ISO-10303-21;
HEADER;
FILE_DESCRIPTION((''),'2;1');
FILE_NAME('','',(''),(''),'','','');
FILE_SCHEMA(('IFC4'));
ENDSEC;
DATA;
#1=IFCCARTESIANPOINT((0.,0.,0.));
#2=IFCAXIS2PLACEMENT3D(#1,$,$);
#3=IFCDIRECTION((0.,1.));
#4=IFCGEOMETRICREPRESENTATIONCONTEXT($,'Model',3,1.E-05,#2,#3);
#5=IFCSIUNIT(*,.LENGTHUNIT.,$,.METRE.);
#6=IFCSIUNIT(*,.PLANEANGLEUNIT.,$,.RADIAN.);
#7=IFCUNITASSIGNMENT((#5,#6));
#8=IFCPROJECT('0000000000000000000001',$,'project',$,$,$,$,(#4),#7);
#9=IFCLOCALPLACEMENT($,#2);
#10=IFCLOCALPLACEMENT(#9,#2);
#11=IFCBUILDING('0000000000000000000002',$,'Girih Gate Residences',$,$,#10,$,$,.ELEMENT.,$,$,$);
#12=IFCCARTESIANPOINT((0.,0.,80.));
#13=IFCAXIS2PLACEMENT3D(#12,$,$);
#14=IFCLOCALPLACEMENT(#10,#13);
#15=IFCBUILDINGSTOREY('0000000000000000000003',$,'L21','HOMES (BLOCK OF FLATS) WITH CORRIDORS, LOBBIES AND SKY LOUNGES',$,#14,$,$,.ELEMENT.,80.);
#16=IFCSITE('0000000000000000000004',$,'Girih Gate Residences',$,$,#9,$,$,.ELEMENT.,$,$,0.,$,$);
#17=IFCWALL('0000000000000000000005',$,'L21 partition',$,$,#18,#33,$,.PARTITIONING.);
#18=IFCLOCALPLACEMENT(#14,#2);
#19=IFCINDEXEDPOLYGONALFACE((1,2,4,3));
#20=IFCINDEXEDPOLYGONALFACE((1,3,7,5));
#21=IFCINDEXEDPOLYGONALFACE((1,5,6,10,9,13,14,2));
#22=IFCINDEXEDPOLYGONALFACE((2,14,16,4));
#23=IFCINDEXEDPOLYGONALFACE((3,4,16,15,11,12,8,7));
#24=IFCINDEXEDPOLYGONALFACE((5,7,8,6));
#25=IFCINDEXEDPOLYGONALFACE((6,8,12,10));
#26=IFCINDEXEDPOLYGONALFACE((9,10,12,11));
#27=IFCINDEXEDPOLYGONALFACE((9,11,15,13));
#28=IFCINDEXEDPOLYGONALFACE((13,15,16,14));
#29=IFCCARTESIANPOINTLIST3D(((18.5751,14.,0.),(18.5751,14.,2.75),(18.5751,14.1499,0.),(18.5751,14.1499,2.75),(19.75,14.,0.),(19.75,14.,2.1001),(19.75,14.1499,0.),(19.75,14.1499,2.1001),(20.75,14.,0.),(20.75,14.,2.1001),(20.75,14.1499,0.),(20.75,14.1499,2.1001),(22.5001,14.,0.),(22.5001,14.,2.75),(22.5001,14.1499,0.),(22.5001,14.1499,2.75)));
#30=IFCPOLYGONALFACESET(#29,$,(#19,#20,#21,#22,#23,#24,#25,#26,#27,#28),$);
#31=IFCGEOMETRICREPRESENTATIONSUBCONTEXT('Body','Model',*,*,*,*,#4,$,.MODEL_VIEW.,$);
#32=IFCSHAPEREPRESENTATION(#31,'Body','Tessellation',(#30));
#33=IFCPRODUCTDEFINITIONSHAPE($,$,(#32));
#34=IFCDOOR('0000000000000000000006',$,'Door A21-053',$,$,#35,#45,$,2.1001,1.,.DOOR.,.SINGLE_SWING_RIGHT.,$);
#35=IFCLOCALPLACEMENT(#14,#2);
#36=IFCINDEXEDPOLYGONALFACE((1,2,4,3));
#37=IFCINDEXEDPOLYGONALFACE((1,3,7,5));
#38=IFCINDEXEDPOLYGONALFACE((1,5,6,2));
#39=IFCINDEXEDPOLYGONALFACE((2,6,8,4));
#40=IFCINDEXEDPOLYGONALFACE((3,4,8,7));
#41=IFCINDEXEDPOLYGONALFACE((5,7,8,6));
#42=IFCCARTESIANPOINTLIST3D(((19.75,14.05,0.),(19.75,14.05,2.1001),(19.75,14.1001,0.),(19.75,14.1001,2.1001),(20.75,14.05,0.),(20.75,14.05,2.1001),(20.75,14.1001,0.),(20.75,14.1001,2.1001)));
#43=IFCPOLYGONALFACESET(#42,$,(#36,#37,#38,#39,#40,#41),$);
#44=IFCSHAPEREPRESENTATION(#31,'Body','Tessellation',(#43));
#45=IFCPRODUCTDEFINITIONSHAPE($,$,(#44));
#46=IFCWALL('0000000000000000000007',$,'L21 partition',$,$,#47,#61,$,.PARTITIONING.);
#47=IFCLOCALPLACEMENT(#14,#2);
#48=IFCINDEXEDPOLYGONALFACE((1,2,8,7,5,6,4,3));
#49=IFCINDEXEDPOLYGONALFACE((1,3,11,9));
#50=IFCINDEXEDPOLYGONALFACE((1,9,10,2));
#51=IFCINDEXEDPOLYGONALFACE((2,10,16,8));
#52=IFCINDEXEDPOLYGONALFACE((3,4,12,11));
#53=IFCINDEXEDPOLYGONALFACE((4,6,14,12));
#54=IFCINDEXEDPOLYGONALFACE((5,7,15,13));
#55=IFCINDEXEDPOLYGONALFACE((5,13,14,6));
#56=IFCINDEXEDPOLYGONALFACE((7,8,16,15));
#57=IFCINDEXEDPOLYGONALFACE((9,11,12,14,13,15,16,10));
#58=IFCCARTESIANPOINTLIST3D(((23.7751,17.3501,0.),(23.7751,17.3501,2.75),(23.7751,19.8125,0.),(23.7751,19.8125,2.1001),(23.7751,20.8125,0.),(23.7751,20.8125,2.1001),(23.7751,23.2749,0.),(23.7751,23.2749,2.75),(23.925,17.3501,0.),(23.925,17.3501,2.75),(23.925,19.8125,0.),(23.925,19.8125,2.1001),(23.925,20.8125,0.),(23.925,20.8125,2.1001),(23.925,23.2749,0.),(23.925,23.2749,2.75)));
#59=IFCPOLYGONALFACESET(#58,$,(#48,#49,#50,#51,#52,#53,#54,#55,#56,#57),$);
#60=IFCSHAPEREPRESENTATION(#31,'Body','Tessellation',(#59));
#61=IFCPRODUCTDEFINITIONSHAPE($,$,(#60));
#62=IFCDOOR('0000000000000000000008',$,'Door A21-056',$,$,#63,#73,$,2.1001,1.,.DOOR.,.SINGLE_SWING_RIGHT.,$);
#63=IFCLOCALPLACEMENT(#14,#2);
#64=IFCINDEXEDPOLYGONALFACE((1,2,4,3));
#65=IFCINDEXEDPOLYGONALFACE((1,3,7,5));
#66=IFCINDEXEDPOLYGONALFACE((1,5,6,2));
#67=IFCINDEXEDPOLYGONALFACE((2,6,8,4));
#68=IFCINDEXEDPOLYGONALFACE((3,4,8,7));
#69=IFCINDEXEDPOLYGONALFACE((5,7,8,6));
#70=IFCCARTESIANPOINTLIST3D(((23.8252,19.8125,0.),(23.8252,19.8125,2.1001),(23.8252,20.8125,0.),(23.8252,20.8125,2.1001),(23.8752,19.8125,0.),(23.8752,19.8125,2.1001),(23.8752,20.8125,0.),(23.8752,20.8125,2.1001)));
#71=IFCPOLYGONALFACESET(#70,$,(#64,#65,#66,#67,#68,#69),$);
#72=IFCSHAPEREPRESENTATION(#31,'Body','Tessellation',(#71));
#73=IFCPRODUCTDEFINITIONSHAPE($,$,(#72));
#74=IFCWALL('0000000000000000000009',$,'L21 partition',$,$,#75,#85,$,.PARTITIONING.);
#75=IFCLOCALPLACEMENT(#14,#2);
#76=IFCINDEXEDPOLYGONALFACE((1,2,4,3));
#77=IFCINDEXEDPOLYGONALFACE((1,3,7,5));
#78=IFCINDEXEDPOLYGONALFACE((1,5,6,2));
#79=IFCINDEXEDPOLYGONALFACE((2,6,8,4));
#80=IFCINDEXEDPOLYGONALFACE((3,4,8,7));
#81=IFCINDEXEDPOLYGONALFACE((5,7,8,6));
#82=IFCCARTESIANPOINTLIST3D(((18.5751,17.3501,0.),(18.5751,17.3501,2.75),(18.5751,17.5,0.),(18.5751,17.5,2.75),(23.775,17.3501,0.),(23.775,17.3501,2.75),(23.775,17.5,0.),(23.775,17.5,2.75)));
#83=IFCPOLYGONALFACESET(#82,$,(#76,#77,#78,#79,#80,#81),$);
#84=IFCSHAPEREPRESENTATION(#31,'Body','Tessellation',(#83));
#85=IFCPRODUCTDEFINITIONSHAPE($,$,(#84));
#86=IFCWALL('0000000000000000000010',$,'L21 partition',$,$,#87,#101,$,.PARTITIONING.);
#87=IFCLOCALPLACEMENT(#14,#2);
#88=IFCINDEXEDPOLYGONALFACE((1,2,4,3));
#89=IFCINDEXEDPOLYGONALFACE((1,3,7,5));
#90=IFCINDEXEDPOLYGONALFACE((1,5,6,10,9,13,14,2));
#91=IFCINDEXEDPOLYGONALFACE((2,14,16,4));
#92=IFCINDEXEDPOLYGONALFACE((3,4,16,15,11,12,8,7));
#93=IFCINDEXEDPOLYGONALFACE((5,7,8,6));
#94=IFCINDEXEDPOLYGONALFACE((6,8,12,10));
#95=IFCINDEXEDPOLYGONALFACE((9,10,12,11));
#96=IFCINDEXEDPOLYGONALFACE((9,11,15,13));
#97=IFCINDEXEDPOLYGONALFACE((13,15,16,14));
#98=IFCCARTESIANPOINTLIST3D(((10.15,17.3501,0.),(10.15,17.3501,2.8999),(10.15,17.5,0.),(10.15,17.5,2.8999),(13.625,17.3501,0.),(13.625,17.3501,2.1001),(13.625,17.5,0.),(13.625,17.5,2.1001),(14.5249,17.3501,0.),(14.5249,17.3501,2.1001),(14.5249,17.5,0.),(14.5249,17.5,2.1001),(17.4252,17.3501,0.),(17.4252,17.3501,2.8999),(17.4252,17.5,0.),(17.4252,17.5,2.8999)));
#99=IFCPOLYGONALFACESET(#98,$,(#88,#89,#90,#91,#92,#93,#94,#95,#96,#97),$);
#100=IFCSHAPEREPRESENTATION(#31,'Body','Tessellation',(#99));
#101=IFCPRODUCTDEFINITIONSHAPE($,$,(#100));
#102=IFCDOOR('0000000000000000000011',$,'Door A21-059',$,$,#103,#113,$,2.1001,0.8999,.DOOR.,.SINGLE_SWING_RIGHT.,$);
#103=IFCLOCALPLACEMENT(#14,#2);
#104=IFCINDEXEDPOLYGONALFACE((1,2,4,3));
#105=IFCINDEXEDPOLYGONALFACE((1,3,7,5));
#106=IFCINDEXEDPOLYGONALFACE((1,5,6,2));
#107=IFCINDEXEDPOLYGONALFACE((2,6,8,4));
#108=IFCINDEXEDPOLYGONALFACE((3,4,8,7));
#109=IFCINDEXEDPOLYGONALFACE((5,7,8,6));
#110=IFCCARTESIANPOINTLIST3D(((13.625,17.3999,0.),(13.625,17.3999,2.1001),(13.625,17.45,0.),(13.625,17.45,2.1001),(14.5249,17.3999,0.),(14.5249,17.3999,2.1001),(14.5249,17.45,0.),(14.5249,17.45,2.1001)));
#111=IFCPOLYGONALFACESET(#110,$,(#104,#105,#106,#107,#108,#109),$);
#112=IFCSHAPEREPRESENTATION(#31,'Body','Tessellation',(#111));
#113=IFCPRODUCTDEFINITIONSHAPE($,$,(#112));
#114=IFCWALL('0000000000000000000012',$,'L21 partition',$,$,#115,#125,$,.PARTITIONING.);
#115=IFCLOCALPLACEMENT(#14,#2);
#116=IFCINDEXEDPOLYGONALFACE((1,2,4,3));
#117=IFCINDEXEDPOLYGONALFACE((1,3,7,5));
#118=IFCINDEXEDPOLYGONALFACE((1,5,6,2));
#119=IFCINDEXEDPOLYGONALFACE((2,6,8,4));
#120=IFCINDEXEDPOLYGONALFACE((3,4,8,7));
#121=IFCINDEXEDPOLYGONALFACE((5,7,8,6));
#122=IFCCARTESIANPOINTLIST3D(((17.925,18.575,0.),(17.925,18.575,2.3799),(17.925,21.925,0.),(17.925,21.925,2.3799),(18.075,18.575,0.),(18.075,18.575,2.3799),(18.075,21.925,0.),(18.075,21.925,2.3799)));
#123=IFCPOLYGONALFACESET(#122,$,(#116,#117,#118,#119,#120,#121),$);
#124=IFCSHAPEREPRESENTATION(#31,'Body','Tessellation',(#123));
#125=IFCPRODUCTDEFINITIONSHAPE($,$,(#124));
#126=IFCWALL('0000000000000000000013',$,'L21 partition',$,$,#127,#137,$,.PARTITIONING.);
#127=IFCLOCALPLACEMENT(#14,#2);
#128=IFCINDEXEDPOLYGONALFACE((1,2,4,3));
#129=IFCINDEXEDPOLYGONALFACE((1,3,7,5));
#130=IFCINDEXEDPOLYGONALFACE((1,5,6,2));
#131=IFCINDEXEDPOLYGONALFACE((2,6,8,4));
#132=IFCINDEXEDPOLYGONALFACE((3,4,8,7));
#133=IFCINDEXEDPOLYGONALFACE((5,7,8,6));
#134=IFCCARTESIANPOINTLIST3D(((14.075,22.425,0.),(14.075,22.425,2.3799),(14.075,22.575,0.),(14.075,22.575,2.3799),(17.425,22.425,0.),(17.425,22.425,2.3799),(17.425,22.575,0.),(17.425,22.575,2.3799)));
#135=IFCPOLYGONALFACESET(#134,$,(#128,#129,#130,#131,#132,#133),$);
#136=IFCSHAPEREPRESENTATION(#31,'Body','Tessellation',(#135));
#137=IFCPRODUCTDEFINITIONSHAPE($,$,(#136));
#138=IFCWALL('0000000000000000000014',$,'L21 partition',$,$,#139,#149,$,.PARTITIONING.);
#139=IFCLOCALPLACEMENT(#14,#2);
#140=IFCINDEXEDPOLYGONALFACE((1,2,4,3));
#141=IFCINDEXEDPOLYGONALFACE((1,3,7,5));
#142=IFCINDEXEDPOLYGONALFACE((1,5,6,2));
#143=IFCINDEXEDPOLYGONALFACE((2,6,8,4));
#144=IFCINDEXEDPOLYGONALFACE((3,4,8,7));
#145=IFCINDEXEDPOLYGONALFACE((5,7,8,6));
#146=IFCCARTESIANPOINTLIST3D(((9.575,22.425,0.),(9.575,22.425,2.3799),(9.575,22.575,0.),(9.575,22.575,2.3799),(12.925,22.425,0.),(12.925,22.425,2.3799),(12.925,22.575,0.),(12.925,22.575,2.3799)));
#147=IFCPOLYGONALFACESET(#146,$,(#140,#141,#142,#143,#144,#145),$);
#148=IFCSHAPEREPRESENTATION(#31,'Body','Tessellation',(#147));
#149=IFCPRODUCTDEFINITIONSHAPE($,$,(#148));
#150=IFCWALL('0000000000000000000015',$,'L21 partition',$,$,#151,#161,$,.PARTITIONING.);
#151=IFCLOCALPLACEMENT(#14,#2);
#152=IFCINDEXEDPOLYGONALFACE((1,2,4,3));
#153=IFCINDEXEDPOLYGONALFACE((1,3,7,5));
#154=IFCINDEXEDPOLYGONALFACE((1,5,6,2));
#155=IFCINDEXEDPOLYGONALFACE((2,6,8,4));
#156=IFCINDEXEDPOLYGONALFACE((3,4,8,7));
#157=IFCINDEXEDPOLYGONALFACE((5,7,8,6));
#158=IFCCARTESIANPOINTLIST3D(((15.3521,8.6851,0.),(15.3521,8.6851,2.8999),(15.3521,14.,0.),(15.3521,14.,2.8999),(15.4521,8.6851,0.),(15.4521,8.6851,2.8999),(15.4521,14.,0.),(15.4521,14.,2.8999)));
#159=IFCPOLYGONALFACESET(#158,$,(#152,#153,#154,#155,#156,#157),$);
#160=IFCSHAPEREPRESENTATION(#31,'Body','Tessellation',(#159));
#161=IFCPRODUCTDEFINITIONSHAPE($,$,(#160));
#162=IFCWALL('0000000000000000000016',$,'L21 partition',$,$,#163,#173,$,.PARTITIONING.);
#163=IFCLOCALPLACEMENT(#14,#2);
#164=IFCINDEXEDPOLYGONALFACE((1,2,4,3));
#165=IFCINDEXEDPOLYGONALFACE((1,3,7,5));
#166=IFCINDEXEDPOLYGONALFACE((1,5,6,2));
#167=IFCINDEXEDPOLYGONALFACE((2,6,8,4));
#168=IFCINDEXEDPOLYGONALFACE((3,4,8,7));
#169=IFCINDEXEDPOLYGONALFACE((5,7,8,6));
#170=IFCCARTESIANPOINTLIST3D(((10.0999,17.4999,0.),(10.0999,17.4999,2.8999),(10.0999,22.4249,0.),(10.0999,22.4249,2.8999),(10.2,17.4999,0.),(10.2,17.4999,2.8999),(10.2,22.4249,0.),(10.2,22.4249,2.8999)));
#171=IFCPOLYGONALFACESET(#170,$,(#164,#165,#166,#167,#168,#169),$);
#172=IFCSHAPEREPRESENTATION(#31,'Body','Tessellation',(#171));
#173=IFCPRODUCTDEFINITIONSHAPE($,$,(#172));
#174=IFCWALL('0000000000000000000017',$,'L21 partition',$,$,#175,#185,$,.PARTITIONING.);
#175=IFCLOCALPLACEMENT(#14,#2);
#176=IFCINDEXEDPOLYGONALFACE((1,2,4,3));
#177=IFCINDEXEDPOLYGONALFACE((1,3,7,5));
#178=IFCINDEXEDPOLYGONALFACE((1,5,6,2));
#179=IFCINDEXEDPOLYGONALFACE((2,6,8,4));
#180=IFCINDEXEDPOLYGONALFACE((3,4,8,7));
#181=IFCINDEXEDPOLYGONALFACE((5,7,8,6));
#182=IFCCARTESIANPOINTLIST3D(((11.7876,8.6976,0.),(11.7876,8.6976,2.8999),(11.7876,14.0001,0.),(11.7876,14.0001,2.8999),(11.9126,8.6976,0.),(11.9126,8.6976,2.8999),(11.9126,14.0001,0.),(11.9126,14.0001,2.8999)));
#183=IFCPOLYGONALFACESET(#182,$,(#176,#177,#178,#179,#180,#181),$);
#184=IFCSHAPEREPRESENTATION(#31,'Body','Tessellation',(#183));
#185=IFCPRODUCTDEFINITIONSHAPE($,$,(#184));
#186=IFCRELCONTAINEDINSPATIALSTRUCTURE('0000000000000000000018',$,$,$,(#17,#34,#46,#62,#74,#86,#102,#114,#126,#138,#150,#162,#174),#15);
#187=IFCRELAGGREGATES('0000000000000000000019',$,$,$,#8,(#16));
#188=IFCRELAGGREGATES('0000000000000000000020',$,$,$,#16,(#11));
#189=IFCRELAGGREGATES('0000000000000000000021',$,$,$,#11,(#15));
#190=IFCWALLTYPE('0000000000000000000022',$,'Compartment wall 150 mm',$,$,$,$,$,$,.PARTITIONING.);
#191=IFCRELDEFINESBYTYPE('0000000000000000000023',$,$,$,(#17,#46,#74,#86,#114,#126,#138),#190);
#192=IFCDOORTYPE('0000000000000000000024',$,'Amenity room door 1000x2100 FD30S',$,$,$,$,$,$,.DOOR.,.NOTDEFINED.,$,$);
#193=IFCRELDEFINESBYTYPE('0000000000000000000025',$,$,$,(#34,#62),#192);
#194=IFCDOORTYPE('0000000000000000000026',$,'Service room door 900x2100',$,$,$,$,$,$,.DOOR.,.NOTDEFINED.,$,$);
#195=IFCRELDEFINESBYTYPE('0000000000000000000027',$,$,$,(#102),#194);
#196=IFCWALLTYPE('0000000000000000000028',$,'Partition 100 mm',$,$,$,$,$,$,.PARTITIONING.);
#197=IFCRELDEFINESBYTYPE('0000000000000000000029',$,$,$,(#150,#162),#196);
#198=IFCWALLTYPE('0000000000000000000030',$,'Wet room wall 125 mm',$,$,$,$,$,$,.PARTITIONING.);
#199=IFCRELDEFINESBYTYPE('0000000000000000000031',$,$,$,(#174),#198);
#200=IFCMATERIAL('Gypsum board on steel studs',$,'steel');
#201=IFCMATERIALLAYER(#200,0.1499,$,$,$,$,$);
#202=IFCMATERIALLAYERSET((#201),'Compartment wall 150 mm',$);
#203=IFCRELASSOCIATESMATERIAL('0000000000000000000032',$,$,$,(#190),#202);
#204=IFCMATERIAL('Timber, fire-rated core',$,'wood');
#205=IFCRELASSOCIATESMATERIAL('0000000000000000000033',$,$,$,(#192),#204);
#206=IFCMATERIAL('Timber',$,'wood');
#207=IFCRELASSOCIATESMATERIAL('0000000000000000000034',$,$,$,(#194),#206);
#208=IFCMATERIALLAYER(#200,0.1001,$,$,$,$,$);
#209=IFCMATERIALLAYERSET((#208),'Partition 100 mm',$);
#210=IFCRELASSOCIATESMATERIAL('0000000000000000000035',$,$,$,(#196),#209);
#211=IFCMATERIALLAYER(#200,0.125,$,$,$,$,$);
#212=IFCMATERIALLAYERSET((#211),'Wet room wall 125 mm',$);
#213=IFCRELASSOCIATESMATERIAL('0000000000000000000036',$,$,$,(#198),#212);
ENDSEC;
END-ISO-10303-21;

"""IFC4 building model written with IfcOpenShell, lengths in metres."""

from ifc_helpers import new_model, si_unit, direction, frame, frame_2d, origin, place, context, subcontext, project, spatial, rectangle, extrude, material, layer, layer_set, type_object, element, fill, save


model = new_model("IFC4")

# Units and contexts
model_context = context("Model", 3, precision=1e-05, world=origin(), true_north=direction((0.0, 1.0)))
body_context = subcontext(model_context, "Body", "Model", "MODEL_VIEW")
ifc_project = project(units=[si_unit("LENGTHUNIT", "METRE"), si_unit("PLANEANGLEUNIT", "RADIAN")], contexts=[model_context])

# Site, building, storey
site_placement = place(None, origin())
site = spatial("IfcSite", under=ifc_project, at=site_placement, Name="Girih Gate Residences", CompositionType="ELEMENT", RefElevation=0.0)
building_placement = place(site_placement, origin())
building = spatial("IfcBuilding", under=site, at=building_placement, Name="Girih Gate Residences", CompositionType="ELEMENT")
storey_placement = place(building_placement, frame((0.0, 0.0, 80.0)))
storey = spatial("IfcBuildingStorey", under=building, at=storey_placement, Name="L21", Description="HOMES (BLOCK OF FLATS) WITH CORRIDORS, LOBBIES AND SKY LOUNGES", CompositionType="ELEMENT", Elevation=80.0)

# Shared definitions
ifc_material_1 = material(Name="Gypsum board on steel studs", Category="steel")
ifc_layer_1 = layer(ifc_material_1, 0.1499)
ifc_layer_set_1 = layer_set([ifc_layer_1], Name="Compartment wall 150 mm")
wall_type_1 = type_object("IfcWallType", Name="Compartment wall 150 mm", PredefinedType="PARTITIONING", material=ifc_layer_set_1)

# Walls, openings, doors
ifc_material_2 = material(Name="Timber, fire-rated core", Category="wood")
wall_1_placement = place(storey_placement, frame((22.5, 14.075, 0.0), z_axis=(0.0, 0.0, 1.0), x_axis=(-1.0, 0.0, 0.0)))
wall_1 = element("IfcWall", 1, at=wall_1_placement, inside=storey, type_object=wall_type_1, Name="L21 partition", PredefinedType="PARTITIONING", context=body_context, shape_type="SweptSolid", body=[
    extrude(rectangle(XDim=3.925, YDim=0.1499, at=frame_2d((1.9624, 0.0))), origin(), (0.0, 0.0, 1.0), 2.75),
])
opening_1_placement = place(wall_1_placement, frame((1.75, 0.0, 0.0)))
opening_1 = element("IfcOpeningElement", 2, at=opening_1_placement, cuts=wall_1, PredefinedType="OPENING", context=body_context, shape_type="SweptSolid", body=[
    extrude(rectangle(XDim=1.0, YDim=2.1001, at=frame_2d((0.5, 1.05))), frame((0.0, 0.085, 0.0), z_axis=(0.0, -1.0, 0.0), x_axis=(1.0, 0.0, 0.0)), (0.0, 0.0, 1.0), 0.1699),
])
door_type_1 = type_object("IfcDoorType", Name="Amenity room door 1000x2100 FD30S", OperationType="NOTDEFINED", PredefinedType="DOOR", material=ifc_material_2)
door_1_placement = place(opening_1_placement, origin())
door_1 = element("IfcDoor", 3, at=door_1_placement, inside=storey, type_object=door_type_1, Name="Door A21-053", OperationType="SINGLE_SWING_RIGHT", OverallHeight=2.1001, OverallWidth=1.0, PredefinedType="DOOR", context=body_context, shape_type="SweptSolid", body=[
    extrude(rectangle(XDim=1.0, YDim=2.1001, at=frame_2d((0.5, 1.05))), frame((0.0, 0.0249, 0.0), z_axis=(0.0, -1.0, 0.0), x_axis=(1.0, 0.0, 0.0)), (0.0, 0.0, 1.0), 0.05),
])
fill(opening_1, door_1)
wall_2_placement = place(storey_placement, frame((23.8501, 17.3501, 0.0), z_axis=(0.0, 0.0, 1.0), x_axis=(0.0, 1.0, 0.0)))
wall_2 = element("IfcWall", 4, at=wall_2_placement, inside=storey, type_object=wall_type_1, Name="L21 partition", PredefinedType="PARTITIONING", context=body_context, shape_type="SweptSolid", body=[
    extrude(rectangle(XDim=5.9248, YDim=0.1499, at=frame_2d((2.9624, 0.0))), origin(), (0.0, 0.0, 1.0), 2.75),
])
opening_2_placement = place(wall_2_placement, frame((2.4624, 0.0, 0.0)))
opening_2 = element("IfcOpeningElement", 5, at=opening_2_placement, cuts=wall_2, PredefinedType="OPENING", context=body_context, shape_type="SweptSolid", body=[
    extrude(rectangle(XDim=1.0, YDim=2.1001, at=frame_2d((0.5, 1.05))), frame((0.0, 0.085, 0.0), z_axis=(0.0, -1.0, 0.0), x_axis=(1.0, 0.0, 0.0)), (0.0, 0.0, 1.0), 0.1699),
])
door_2_placement = place(opening_2_placement, origin())
door_2 = element("IfcDoor", 6, at=door_2_placement, inside=storey, type_object=door_type_1, Name="Door A21-056", OperationType="SINGLE_SWING_RIGHT", OverallHeight=2.1001, OverallWidth=1.0, PredefinedType="DOOR", context=body_context, shape_type="SweptSolid", body=[
    extrude(rectangle(XDim=1.0, YDim=2.1001, at=frame_2d((0.5, 1.05))), frame((0.0, 0.0249, 0.0), z_axis=(0.0, -1.0, 0.0), x_axis=(1.0, 0.0, 0.0)), (0.0, 0.0, 1.0), 0.05),
])
fill(opening_2, door_2)

# Wall
wall_3_placement = place(storey_placement, frame((18.575, 17.425, 0.0), z_axis=(0.0, 0.0, 1.0), x_axis=(1.0, 0.0, 0.0)))
element("IfcWall", 7, at=wall_3_placement, inside=storey, type_object=wall_type_1, Name="L21 partition", PredefinedType="PARTITIONING", context=body_context, shape_type="SweptSolid", body=[
    extrude(rectangle(XDim=5.2, YDim=0.1499, at=frame_2d((2.6001, 0.0))), origin(), (0.0, 0.0, 1.0), 2.75),
])

# Wall, opening, door
wall_4_placement = place(storey_placement, frame((10.1499, 17.425, 0.0), z_axis=(0.0, 0.0, 1.0), x_axis=(1.0, 0.0, 0.0)))
wall_4 = element("IfcWall", 8, at=wall_4_placement, inside=storey, type_object=wall_type_1, Name="L21 partition", PredefinedType="PARTITIONING", context=body_context, shape_type="SweptSolid", body=[
    extrude(rectangle(XDim=7.2751, YDim=0.1499, at=frame_2d((3.6377, 0.0))), origin(), (0.0, 0.0, 1.0), 2.8999),
])
opening_3_placement = place(wall_4_placement, frame((3.4751, 0.0, 0.0)))
opening_3 = element("IfcOpeningElement", 9, at=opening_3_placement, cuts=wall_4, PredefinedType="OPENING", context=body_context, shape_type="SweptSolid", body=[
    extrude(rectangle(XDim=0.8999, YDim=2.1001, at=frame_2d((0.45, 1.05))), frame((0.0, 0.085, 0.0), z_axis=(0.0, -1.0, 0.0), x_axis=(1.0, 0.0, 0.0)), (0.0, 0.0, 1.0), 0.1699),
])
ifc_material_3 = material(Name="Timber", Category="wood")
door_type_2 = type_object("IfcDoorType", Name="Service room door 900x2100", OperationType="NOTDEFINED", PredefinedType="DOOR", material=ifc_material_3)
door_3_placement = place(opening_3_placement, origin())
door_3 = element("IfcDoor", 10, at=door_3_placement, inside=storey, type_object=door_type_2, Name="Door A21-059", OperationType="SINGLE_SWING_RIGHT", OverallHeight=2.1001, OverallWidth=0.8999, PredefinedType="DOOR", context=body_context, shape_type="SweptSolid", body=[
    extrude(rectangle(XDim=0.8999, YDim=2.1001, at=frame_2d((0.45, 1.05))), frame((0.0, 0.0249, 0.0), z_axis=(0.0, -1.0, 0.0), x_axis=(1.0, 0.0, 0.0)), (0.0, 0.0, 1.0), 0.05),
])
fill(opening_3, door_3)

# Walls
for number, where, z_axis, x_axis, name in (
    (11, (18.0, 18.575, 0.0), (0.0, 0.0, 1.0), (0.0, 1.0, 0.0), "L21 partition"),
    (12, (14.075, 22.5, 0.0), (0.0, 0.0, 1.0), (1.0, 0.0, 0.0), "L21 partition"),
    (13, (9.575, 22.5, 0.0), (0.0, 0.0, 1.0), (1.0, 0.0, 0.0), "L21 partition"),
):
    element("IfcWall", number, at=place(storey_placement, frame(where, z_axis=z_axis, x_axis=x_axis)), inside=storey, type_object=wall_type_1, Name=name, PredefinedType="PARTITIONING", context=body_context, shape_type="SweptSolid", body=[
        extrude(rectangle(XDim=3.3501, YDim=0.1499, at=frame_2d((1.675, 0.0))), origin(), (0.0, 0.0, 1.0), 2.3799),
    ])
ifc_layer_2 = layer(ifc_material_1, 0.1001)
ifc_layer_set_2 = layer_set([ifc_layer_2], Name="Partition 100 mm")
wall_type_2 = type_object("IfcWallType", Name="Partition 100 mm", PredefinedType="PARTITIONING", material=ifc_layer_set_2)
wall_5_placement = place(storey_placement, frame((15.4021, 8.6851, 0.0), z_axis=(0.0, 0.0, 1.0), x_axis=(0.0, 1.0, 0.0)))
element("IfcWall", 14, at=wall_5_placement, inside=storey, type_object=wall_type_2, Name="L21 partition", PredefinedType="PARTITIONING", context=body_context, shape_type="SweptSolid", body=[
    extrude(rectangle(XDim=5.3149, YDim=0.1001, at=frame_2d((2.6575, 0.0))), origin(), (0.0, 0.0, 1.0), 2.8999),
])
wall_6_placement = place(storey_placement, frame((10.1499, 17.5, 0.0), z_axis=(0.0, 0.0, 1.0), x_axis=(0.0, 1.0, 0.0)))
element("IfcWall", 15, at=wall_6_placement, inside=storey, type_object=wall_type_2, Name="L21 partition", PredefinedType="PARTITIONING", context=body_context, shape_type="SweptSolid", body=[
    extrude(rectangle(XDim=4.925, YDim=0.1001, at=frame_2d((2.4624, 0.0))), origin(), (0.0, 0.0, 1.0), 2.8999),
])
ifc_layer_3 = layer(ifc_material_1, 0.125)
ifc_layer_set_3 = layer_set([ifc_layer_3], Name="Wet room wall 125 mm")
wall_type_3 = type_object("IfcWallType", Name="Wet room wall 125 mm", PredefinedType="PARTITIONING", material=ifc_layer_set_3)
for number, where, z_axis, x_axis, name in (
    (16, (11.8501, 8.6975, 0.0), (0.0, 0.0, 1.0), (0.0, 1.0, 0.0), "L21 partition"),
):
    element("IfcWall", number, at=place(storey_placement, frame(where, z_axis=z_axis, x_axis=x_axis)), inside=storey, type_object=wall_type_3, Name=name, PredefinedType="PARTITIONING", context=body_context, shape_type="SweptSolid", body=[
        extrude(rectangle(XDim=5.3025, YDim=0.125, at=frame_2d((2.6514, 0.0))), origin(), (0.0, 0.0, 1.0), 2.8999),
    ])

save(model, "model.ifc")
